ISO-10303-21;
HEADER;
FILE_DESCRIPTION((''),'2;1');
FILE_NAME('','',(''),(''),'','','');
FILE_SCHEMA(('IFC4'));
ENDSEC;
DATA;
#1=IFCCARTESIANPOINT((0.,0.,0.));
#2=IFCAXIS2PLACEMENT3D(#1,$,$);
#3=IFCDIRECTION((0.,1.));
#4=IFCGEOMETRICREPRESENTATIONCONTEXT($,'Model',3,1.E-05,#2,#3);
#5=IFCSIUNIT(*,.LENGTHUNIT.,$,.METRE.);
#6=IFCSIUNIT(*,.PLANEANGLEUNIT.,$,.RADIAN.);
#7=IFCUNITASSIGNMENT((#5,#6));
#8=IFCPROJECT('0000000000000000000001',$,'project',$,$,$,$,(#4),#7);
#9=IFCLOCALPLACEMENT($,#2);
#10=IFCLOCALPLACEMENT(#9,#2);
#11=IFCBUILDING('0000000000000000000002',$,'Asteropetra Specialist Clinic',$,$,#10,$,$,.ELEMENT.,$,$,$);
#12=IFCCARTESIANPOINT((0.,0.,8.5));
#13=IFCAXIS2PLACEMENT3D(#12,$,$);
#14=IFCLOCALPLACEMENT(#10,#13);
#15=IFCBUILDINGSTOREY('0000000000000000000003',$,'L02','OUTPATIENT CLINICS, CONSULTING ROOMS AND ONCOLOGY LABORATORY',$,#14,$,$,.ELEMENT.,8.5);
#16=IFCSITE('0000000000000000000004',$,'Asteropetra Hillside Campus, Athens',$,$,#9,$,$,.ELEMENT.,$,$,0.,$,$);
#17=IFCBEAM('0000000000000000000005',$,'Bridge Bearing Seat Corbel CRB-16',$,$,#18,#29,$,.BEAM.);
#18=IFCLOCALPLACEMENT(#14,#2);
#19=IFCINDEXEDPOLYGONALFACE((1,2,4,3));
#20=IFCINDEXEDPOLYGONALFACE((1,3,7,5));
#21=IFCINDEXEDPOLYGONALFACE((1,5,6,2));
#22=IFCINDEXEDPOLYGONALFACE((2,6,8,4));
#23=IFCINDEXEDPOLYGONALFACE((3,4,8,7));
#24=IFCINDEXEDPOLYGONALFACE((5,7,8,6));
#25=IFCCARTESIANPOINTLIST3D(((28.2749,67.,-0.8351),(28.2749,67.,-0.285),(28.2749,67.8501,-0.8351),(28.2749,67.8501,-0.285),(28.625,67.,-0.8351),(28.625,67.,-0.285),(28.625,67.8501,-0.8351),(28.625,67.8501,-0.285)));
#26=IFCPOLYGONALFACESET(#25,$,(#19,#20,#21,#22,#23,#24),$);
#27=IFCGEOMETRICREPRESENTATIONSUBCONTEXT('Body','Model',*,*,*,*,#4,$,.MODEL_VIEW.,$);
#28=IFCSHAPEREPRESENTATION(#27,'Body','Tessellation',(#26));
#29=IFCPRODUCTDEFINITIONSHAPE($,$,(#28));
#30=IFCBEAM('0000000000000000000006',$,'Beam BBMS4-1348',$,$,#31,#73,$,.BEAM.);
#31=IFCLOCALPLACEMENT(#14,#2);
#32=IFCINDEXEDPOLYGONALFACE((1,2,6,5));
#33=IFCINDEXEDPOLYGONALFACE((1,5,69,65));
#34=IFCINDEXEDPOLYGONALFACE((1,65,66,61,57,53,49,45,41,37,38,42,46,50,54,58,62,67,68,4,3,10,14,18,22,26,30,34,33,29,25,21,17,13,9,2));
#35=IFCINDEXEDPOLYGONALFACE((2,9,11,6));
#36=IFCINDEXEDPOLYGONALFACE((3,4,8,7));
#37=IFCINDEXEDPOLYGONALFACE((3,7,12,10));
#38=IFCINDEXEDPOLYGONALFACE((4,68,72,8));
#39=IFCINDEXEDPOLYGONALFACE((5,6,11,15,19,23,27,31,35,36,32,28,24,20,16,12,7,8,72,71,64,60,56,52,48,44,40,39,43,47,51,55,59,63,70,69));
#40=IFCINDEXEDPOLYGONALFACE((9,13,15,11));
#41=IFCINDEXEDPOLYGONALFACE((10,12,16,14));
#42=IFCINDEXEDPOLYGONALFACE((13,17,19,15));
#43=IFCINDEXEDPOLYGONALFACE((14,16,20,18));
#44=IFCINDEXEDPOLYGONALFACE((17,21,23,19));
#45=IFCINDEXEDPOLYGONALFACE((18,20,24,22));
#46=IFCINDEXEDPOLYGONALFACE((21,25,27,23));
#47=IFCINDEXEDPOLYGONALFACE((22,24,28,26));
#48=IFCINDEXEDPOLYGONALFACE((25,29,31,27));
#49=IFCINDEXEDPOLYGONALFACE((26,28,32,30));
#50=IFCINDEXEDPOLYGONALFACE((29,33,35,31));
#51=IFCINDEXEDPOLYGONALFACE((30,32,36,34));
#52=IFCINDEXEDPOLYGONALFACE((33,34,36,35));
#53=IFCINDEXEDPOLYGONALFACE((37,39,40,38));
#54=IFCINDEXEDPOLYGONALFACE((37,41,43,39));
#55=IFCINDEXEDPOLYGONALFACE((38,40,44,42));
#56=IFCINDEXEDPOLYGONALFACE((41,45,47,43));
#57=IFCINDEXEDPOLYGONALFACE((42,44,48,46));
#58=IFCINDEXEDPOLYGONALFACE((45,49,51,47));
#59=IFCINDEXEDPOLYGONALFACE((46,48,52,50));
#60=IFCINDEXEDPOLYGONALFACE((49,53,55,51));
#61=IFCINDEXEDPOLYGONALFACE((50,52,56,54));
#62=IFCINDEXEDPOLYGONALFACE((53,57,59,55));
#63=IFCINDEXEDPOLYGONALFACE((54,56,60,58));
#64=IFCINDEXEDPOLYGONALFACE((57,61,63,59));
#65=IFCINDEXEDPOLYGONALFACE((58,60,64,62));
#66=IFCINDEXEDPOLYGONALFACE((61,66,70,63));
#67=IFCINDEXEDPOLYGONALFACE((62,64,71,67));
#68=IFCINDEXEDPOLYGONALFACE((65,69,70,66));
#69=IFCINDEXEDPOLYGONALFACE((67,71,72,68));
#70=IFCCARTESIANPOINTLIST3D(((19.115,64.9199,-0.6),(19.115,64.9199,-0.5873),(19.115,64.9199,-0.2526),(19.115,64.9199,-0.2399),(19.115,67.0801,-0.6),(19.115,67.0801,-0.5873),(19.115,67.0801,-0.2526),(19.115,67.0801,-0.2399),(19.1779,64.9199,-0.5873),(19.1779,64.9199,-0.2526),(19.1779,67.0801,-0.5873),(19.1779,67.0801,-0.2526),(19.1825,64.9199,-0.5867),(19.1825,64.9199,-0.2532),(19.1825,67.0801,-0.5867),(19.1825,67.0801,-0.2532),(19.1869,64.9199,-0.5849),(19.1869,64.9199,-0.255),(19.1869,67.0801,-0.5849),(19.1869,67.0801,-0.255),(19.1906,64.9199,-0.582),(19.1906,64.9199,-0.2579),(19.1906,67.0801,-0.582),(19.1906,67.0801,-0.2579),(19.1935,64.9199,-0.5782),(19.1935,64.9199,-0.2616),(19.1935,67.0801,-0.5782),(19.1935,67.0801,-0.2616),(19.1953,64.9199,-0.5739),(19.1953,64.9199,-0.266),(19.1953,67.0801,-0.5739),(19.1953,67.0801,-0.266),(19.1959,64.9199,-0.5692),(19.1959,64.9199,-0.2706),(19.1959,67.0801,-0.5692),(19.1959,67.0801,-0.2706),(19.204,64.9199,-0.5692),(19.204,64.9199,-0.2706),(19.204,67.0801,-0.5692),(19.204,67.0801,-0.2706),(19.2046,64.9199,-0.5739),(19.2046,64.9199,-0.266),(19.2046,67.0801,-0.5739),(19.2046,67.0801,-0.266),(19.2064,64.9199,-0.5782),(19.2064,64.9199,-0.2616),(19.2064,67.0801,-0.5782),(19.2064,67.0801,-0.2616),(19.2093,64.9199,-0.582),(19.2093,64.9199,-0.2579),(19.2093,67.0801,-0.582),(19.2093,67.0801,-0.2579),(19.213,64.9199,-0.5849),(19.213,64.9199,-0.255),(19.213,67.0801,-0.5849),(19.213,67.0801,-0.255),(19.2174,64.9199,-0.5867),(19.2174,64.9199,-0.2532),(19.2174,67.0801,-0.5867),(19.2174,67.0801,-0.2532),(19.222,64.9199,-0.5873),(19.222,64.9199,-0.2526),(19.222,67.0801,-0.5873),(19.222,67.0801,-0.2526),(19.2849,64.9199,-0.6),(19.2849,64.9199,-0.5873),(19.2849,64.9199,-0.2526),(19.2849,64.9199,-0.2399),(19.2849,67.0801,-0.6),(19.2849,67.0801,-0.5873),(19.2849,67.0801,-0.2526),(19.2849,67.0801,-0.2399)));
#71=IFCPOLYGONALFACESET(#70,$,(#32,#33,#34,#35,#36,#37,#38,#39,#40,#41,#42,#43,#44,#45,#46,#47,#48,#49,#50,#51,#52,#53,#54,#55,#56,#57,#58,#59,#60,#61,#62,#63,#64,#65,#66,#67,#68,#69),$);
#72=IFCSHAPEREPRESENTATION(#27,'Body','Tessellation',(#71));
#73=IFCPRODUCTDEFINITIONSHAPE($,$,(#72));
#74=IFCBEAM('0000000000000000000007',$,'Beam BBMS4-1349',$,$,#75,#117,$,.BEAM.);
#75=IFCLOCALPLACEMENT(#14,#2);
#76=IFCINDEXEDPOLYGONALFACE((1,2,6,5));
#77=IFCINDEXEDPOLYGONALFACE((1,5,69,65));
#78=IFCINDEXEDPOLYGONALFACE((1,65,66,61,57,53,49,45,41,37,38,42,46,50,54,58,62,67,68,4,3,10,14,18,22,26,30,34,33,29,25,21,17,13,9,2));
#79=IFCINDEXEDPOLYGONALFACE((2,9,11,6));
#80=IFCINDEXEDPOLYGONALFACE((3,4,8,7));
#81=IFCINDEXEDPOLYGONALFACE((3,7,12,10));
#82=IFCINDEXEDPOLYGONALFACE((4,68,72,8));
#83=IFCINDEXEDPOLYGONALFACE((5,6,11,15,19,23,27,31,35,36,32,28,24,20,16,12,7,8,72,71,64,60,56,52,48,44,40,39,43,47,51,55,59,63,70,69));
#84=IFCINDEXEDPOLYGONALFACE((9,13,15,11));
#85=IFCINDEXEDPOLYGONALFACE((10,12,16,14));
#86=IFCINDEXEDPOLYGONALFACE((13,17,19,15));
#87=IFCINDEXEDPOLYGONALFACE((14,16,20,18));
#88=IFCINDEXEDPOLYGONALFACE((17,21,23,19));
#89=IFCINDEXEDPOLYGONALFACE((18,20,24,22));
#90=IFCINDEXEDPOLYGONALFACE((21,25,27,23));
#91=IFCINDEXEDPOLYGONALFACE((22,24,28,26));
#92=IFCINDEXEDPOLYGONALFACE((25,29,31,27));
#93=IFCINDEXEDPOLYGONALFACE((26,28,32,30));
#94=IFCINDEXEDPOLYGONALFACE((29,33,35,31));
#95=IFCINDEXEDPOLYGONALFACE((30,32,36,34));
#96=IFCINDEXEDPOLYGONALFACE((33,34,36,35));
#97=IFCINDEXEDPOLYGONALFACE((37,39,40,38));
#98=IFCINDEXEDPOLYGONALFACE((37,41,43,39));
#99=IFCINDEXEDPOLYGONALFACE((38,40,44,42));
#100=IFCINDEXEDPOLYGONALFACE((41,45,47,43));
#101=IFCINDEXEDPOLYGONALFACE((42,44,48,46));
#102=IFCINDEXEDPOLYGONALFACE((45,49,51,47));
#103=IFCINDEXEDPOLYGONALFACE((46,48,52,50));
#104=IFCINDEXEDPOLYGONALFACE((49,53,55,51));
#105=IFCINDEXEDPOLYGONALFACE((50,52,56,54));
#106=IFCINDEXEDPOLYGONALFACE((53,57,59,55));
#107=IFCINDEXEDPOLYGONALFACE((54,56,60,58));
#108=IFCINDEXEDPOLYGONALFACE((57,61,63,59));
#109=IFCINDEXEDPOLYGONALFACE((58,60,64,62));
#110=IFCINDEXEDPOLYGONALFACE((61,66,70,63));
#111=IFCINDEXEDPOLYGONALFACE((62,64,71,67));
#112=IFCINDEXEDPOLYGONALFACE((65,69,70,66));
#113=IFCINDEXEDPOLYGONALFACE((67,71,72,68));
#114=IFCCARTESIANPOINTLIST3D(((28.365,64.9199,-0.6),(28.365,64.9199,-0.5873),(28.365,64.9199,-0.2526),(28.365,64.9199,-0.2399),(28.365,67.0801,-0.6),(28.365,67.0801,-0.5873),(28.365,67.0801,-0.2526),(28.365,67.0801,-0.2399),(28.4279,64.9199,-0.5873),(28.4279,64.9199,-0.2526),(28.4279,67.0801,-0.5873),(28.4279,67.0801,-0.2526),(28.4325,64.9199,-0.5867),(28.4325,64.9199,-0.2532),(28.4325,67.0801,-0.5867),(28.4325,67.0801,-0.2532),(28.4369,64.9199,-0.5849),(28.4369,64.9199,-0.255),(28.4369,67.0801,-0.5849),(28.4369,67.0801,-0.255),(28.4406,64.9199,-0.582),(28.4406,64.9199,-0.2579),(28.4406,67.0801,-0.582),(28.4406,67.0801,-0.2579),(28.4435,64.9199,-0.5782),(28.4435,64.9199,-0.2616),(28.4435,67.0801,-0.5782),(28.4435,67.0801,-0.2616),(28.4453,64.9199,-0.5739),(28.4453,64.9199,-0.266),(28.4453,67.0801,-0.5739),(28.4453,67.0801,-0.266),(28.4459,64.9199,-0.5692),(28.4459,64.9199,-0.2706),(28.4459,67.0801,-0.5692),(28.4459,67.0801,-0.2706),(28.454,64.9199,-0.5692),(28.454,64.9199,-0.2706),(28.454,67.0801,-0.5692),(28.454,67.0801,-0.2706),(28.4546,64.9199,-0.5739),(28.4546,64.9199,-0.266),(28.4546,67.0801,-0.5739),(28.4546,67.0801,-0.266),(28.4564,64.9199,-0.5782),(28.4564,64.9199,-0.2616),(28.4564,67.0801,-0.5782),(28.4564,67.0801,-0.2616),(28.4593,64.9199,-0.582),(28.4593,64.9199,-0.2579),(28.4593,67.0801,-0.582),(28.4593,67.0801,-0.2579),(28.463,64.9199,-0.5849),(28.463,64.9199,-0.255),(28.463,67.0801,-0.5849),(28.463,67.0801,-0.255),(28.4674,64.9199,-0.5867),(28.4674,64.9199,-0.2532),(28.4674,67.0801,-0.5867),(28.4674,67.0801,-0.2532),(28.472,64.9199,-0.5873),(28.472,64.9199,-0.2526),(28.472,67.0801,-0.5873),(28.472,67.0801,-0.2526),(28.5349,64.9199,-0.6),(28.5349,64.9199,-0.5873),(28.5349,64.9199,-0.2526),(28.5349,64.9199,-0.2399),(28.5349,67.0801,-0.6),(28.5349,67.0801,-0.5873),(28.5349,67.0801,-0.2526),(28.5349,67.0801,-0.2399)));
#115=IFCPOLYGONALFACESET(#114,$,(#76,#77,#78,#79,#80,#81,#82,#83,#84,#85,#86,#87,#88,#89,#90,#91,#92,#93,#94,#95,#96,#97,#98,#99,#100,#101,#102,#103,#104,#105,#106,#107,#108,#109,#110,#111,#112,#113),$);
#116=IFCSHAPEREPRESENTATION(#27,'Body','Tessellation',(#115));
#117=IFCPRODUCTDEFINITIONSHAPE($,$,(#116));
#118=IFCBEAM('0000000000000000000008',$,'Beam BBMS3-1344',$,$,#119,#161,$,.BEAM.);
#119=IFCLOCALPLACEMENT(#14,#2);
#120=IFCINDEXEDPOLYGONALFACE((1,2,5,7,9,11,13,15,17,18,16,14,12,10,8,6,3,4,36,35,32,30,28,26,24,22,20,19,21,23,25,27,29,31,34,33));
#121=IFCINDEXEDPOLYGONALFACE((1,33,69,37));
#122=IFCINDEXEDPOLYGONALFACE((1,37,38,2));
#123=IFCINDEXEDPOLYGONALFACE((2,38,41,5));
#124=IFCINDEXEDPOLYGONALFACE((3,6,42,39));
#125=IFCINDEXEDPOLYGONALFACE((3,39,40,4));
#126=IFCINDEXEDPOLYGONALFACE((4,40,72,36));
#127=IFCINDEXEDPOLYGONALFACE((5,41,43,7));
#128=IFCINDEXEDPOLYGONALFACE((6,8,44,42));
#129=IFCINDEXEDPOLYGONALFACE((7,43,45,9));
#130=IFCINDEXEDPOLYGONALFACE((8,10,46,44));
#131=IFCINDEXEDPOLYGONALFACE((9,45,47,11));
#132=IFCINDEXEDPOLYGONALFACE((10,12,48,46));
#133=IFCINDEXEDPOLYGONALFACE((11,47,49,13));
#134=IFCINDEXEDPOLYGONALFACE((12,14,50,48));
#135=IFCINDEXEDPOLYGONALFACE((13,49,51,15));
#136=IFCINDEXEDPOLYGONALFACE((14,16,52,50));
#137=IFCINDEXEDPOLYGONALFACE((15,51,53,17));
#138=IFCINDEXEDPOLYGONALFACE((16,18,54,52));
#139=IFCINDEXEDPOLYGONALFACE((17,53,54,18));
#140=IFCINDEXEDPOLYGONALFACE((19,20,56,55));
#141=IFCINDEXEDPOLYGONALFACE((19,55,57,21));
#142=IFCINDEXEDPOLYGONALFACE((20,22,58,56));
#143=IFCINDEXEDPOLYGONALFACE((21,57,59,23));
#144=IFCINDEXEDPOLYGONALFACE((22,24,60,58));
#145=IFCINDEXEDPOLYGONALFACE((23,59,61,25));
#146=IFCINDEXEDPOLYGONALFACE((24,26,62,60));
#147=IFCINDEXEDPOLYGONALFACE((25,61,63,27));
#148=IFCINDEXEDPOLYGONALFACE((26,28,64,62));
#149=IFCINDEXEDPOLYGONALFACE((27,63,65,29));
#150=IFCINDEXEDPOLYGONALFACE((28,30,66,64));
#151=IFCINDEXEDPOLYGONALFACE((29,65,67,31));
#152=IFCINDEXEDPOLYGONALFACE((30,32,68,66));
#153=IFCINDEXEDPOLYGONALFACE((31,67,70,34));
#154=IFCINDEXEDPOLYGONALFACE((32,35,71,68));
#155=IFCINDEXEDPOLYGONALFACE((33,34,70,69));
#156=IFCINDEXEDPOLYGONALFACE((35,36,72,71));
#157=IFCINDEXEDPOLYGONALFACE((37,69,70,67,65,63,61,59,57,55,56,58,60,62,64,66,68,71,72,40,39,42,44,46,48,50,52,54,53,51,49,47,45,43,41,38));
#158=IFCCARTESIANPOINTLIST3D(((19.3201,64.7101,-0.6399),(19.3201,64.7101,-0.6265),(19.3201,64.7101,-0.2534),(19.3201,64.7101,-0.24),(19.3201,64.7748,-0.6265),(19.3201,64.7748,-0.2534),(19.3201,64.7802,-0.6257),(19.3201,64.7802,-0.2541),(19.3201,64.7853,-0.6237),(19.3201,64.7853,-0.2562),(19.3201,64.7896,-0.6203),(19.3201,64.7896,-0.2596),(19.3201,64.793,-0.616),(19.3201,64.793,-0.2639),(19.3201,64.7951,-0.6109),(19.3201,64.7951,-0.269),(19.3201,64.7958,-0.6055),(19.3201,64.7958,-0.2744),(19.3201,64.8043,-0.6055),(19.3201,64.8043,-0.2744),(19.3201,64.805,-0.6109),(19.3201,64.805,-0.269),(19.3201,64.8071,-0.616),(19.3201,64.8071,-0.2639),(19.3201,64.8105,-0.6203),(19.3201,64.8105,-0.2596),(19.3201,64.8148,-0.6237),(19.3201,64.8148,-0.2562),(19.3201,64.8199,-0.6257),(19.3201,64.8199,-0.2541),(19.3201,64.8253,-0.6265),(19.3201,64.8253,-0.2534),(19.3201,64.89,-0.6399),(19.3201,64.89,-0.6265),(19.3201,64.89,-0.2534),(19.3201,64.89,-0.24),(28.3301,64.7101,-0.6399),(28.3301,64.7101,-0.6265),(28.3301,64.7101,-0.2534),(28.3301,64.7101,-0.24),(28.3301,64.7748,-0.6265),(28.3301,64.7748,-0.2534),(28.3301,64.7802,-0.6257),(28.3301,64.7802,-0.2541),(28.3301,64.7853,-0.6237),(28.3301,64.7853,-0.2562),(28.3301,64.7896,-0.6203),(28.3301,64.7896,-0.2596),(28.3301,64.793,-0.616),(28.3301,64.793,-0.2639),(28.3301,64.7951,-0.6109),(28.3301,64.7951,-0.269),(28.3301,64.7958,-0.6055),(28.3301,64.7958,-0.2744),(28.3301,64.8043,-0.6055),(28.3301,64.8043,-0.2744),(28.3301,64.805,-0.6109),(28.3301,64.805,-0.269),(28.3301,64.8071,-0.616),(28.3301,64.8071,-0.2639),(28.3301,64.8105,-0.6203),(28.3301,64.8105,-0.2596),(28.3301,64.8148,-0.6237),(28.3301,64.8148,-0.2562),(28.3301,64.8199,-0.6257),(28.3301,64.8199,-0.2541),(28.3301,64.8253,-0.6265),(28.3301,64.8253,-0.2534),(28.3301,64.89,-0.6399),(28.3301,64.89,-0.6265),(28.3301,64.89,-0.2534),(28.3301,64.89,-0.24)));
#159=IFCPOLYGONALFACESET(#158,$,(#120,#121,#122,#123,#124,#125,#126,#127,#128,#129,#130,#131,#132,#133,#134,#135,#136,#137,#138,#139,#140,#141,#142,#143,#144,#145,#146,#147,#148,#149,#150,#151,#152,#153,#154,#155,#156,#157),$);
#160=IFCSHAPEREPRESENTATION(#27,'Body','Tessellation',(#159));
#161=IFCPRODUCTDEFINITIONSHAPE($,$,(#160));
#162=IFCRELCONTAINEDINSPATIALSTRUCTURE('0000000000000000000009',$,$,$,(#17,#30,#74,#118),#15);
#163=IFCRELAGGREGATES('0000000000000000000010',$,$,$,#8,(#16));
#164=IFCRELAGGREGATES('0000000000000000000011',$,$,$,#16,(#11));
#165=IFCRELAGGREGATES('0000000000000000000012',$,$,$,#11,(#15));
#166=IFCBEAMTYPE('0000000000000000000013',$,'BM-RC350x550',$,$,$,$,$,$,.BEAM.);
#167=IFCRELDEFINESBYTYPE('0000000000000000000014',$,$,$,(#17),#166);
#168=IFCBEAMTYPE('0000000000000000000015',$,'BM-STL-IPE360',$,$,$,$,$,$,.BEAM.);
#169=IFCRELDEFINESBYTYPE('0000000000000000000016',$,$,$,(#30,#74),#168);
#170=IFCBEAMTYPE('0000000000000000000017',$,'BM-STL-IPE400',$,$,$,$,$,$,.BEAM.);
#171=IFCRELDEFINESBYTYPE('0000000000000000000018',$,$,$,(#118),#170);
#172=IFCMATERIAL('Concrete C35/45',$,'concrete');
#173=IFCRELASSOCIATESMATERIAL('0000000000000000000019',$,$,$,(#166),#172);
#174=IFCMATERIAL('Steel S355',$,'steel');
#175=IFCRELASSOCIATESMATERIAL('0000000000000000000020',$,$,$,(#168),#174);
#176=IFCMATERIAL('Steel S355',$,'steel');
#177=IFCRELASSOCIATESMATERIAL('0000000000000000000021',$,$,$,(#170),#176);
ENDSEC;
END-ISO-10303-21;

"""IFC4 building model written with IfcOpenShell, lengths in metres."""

from ifc_helpers import new_model, si_unit, direction, frame, origin, origin_2d, place, context, subcontext, project, spatial, rectangle, i_section, extrude, material, material_profile, profile_set, type_object, element, save


model = new_model("IFC4")

# Units and contexts
model_context = context("Model", 3, precision=1e-05, world=origin(), true_north=direction((0.0, 1.0)))
body_context = subcontext(model_context, "Body", "Model", "MODEL_VIEW")
ifc_project = project(units=[si_unit("LENGTHUNIT", "METRE"), si_unit("PLANEANGLEUNIT", "RADIAN")], contexts=[model_context])

# Site, building, storey
site_placement = place(None, origin())
site = spatial("IfcSite", under=ifc_project, at=site_placement, Name="Asteropetra Hillside Campus, Athens", CompositionType="ELEMENT", RefElevation=0.0)
building_placement = place(site_placement, origin())
building = spatial("IfcBuilding", under=site, at=building_placement, Name="Asteropetra Specialist Clinic", CompositionType="ELEMENT")
storey_placement = place(building_placement, frame((0.0, 0.0, 8.5)))
storey = spatial("IfcBuildingStorey", under=building, at=storey_placement, Name="L02", Description="OUTPATIENT CLINICS, CONSULTING ROOMS AND ONCOLOGY LABORATORY", CompositionType="ELEMENT", Elevation=8.5)

# Beams
ifc_material_1 = material(Name="Concrete C35/45", Category="concrete")
ifc_material_profile_1 = material_profile(ifc_material_1, rectangle(XDim=0.3501, YDim=0.55, at=origin_2d()), Name="RCB 350x550")
ifc_profile_set_1 = profile_set([ifc_material_profile_1], Name="Concrete C35/45")
beam_type_1 = type_object("IfcBeamType", Name="BM-RC350x550", PredefinedType="BEAM", material=ifc_profile_set_1)
for number, where, z_axis, x_axis, name in (
    (1, (28.45, 67.0, -0.5601), (0.0, 1.0, 0.0), (-1.0, 0.0, 0.0), "Bridge Bearing Seat Corbel CRB-16"),
):
    element("IfcBeam", number, at=place(storey_placement, frame(where, z_axis=z_axis, x_axis=x_axis)), inside=storey, type_object=beam_type_1, Name=name, PredefinedType="BEAM", context=body_context, shape_type="SweptSolid", body=[
        extrude(rectangle(XDim=0.3501, YDim=0.55, at=origin_2d()), origin(), (0.0, 0.0, 1.0), 0.8501),
    ])
ifc_material_2 = material(Name="Steel S355", Category="steel")
ifc_material_profile_2 = material_profile(ifc_material_2, i_section(OverallWidth=0.1699, OverallDepth=0.3601, WebThickness=0.0081, FlangeThickness=0.0127, FilletRadius=0.0181, at=origin_2d()), Name="IPE 360")
ifc_profile_set_2 = profile_set([ifc_material_profile_2], Name="Steel S355")
beam_type_2 = type_object("IfcBeamType", Name="BM-STL-IPE360", PredefinedType="BEAM", material=ifc_profile_set_2)
for number, where, z_axis, x_axis, name in (
    (2, (19.2, 64.9199, -0.4199), (0.0, 1.0, 0.0), (-1.0, 0.0, 0.0), "Beam BBMS4-1348"),
    (3, (28.45, 64.9199, -0.4199), (0.0, 1.0, 0.0), (-1.0, 0.0, 0.0), "Beam BBMS4-1349"),
):
    element("IfcBeam", number, at=place(storey_placement, frame(where, z_axis=z_axis, x_axis=x_axis)), inside=storey, type_object=beam_type_2, Name=name, PredefinedType="BEAM", context=body_context, shape_type="SweptSolid", body=[
        extrude(i_section(OverallWidth=0.1699, OverallDepth=0.3601, WebThickness=0.0081, FlangeThickness=0.0127, FilletRadius=0.0181, at=origin_2d()), origin(), (0.0, 0.0, 1.0), 2.1602),
    ])
ifc_material_3 = material(Name="Steel S355", Category="steel")
ifc_material_profile_3 = material_profile(ifc_material_3, i_section(OverallWidth=0.1799, OverallDepth=0.3999, WebThickness=0.0085, FlangeThickness=0.0134, FilletRadius=0.021, at=origin_2d()), Name="IPE 400")
ifc_profile_set_3 = profile_set([ifc_material_profile_3], Name="Steel S355")
beam_type_3 = type_object("IfcBeamType", Name="BM-STL-IPE400", PredefinedType="BEAM", material=ifc_profile_set_3)
for number, where, z_axis, x_axis, name in (
    (4, (19.3201, 64.8, -0.4399), (1.0, 0.0, 0.0), (0.0, 1.0, 0.0), "Beam BBMS3-1344"),
):
    element("IfcBeam", number, at=place(storey_placement, frame(where, z_axis=z_axis, x_axis=x_axis)), inside=storey, type_object=beam_type_3, Name=name, PredefinedType="BEAM", context=body_context, shape_type="SweptSolid", body=[
        extrude(i_section(OverallWidth=0.1799, OverallDepth=0.3999, WebThickness=0.0085, FlangeThickness=0.0134, FilletRadius=0.021, at=origin_2d()), origin(), (0.0, 0.0, 1.0), 9.01),
    ])

save(model, "model.ifc")
